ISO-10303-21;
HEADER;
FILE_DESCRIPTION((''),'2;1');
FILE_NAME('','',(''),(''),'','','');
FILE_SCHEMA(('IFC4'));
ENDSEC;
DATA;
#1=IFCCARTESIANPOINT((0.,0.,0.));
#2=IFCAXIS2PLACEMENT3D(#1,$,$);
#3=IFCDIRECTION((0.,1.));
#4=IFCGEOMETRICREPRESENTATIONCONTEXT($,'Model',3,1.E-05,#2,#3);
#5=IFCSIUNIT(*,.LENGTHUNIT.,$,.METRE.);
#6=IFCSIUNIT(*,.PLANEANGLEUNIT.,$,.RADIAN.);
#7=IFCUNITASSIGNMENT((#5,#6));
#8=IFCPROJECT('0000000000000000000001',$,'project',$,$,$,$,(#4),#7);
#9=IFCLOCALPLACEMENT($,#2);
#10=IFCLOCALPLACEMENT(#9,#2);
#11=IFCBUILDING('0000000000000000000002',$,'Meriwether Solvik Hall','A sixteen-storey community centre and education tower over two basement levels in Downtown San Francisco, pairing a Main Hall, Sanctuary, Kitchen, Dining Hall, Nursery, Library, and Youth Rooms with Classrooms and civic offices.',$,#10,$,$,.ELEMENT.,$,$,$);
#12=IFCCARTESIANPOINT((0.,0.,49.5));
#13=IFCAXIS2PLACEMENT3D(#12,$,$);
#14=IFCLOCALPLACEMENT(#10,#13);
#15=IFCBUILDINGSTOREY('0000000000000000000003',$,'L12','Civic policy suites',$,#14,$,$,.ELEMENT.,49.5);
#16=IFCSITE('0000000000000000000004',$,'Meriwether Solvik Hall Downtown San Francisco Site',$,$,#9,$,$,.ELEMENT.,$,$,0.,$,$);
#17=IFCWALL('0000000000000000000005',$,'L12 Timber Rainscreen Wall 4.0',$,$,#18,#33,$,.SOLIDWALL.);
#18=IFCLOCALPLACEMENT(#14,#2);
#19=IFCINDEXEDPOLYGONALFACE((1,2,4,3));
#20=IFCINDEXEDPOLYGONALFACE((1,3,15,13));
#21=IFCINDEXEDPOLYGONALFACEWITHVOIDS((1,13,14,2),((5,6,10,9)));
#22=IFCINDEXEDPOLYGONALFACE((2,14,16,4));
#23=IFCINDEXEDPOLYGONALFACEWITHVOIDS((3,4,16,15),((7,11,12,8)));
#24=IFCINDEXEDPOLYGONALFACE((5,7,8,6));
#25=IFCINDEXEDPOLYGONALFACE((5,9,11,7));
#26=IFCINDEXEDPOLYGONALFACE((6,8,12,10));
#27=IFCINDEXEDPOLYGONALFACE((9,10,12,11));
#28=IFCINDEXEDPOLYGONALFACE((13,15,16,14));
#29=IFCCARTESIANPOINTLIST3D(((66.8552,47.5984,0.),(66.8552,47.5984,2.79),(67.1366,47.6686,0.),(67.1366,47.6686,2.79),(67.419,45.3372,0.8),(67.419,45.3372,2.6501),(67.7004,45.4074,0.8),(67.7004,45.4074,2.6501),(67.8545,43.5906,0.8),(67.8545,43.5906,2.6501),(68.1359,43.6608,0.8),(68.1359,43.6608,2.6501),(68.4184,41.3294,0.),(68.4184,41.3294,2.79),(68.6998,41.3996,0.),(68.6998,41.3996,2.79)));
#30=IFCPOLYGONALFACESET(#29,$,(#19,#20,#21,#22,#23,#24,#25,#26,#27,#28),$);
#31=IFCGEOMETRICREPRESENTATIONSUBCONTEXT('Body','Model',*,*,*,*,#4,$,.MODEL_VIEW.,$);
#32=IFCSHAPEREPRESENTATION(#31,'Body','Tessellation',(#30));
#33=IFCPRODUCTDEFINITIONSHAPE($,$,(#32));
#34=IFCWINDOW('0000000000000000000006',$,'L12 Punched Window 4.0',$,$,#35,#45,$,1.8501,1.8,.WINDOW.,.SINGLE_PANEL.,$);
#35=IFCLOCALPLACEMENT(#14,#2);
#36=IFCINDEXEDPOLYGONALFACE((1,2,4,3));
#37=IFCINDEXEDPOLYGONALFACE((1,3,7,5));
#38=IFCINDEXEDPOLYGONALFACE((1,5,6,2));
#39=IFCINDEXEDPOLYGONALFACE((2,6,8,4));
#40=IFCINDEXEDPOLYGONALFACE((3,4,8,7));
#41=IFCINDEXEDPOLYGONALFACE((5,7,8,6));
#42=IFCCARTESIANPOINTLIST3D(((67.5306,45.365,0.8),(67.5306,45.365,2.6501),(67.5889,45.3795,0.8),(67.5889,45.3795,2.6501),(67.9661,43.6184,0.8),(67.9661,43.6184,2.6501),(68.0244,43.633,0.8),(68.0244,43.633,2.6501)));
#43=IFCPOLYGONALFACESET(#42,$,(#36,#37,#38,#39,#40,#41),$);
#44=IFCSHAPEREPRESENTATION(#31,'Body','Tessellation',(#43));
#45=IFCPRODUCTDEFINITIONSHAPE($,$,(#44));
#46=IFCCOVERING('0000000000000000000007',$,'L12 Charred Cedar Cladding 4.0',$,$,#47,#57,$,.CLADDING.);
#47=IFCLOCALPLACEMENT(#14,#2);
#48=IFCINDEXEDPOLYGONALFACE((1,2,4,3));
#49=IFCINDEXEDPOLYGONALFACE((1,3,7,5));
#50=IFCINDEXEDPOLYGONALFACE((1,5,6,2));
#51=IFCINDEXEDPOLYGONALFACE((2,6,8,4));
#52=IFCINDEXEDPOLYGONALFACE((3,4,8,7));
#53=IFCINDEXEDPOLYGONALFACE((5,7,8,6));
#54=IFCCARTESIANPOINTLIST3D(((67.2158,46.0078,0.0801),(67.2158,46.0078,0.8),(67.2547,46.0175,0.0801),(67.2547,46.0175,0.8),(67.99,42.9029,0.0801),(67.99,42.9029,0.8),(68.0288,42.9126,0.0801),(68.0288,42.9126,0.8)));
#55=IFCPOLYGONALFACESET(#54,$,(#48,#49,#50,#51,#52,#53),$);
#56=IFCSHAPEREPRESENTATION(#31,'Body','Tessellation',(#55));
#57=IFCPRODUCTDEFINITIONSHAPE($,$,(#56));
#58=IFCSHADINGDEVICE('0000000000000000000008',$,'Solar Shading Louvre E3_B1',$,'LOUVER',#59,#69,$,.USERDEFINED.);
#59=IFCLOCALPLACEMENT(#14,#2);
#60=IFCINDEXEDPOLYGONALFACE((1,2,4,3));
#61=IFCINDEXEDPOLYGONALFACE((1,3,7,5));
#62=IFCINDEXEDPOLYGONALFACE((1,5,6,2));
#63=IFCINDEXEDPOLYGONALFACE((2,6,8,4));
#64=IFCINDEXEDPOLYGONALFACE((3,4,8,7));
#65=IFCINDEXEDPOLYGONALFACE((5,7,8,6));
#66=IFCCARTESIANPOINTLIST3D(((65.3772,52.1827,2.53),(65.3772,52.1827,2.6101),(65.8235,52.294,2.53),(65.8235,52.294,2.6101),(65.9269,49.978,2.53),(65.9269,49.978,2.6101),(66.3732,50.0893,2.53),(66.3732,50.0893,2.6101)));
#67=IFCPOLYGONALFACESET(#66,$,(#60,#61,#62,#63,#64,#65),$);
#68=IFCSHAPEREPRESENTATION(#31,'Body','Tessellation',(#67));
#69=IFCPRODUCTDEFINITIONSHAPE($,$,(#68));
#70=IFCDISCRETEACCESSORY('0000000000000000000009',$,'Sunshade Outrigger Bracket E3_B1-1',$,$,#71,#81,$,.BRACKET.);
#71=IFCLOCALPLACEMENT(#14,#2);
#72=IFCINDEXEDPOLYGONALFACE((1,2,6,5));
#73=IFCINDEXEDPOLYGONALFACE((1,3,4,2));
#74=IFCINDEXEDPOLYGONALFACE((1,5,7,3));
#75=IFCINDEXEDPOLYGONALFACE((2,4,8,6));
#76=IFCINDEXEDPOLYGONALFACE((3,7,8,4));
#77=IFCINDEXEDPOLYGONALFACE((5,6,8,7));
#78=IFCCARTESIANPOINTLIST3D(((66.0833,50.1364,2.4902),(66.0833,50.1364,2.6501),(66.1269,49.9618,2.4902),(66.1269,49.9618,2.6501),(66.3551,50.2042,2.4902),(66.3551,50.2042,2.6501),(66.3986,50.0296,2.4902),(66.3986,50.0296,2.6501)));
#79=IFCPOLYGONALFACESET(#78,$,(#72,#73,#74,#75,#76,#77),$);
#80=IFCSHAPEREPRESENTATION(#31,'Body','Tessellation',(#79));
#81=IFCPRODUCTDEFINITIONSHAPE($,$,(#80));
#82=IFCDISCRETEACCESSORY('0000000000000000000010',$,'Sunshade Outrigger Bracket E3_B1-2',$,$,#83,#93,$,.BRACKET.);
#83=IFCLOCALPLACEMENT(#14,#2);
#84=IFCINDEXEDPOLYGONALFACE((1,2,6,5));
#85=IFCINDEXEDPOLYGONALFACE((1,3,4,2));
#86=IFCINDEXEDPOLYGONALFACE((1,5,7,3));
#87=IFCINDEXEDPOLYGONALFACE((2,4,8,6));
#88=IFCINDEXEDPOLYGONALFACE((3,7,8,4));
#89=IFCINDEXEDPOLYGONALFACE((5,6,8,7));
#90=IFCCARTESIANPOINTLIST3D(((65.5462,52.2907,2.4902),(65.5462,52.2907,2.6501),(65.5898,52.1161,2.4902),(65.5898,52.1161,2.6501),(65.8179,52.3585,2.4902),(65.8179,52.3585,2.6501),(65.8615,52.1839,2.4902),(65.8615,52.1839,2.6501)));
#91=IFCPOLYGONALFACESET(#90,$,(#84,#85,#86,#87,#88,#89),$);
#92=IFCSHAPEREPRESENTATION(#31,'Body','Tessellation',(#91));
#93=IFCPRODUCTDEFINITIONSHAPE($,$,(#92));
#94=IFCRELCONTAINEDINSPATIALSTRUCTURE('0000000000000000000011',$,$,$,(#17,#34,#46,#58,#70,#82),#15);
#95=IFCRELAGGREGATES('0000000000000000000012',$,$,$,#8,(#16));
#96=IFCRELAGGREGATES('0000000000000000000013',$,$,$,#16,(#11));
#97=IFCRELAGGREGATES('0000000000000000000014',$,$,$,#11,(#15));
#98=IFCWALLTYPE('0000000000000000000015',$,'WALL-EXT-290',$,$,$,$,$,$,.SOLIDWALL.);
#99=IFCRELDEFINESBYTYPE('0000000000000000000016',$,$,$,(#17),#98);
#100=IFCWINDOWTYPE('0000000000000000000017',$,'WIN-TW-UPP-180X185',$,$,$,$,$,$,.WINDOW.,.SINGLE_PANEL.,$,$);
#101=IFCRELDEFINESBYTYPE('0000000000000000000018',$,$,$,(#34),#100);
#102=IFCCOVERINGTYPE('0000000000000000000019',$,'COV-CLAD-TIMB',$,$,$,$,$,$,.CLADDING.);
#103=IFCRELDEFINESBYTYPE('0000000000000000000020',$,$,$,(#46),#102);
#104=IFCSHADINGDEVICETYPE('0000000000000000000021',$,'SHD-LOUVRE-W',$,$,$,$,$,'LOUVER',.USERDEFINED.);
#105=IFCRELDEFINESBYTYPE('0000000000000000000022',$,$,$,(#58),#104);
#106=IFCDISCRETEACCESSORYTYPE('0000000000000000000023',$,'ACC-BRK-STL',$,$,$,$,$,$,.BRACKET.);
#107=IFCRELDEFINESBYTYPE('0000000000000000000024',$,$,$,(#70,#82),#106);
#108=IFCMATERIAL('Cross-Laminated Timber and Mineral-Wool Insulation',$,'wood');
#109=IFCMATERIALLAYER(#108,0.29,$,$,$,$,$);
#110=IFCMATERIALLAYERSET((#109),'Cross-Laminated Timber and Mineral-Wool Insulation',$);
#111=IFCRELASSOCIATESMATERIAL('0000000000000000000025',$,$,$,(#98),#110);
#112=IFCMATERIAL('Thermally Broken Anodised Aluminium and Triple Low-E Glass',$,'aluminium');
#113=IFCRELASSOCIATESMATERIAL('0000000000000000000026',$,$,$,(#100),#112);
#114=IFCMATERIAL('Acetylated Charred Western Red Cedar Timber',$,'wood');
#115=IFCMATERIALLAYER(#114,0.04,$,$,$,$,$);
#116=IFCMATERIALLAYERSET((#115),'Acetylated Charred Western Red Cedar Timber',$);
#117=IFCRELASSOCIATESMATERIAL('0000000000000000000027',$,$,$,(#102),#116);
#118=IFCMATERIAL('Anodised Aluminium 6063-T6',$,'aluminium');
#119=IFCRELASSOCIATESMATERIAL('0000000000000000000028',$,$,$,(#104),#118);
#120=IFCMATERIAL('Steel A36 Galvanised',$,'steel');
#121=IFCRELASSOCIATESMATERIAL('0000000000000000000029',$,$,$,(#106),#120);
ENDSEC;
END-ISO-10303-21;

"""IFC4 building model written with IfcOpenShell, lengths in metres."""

from ifc_helpers import new_model, si_unit, direction, frame, frame_2d, origin, origin_2d, place, context, subcontext, project, spatial, rectangle, extrude, material, layer, layer_set, type_object, element, fill, save


model = new_model("IFC4")

# Units and contexts
model_context = context("Model", 3, precision=1e-05, world=origin(), true_north=direction((0.0, 1.0)))
body_context = subcontext(model_context, "Body", "Model", "MODEL_VIEW")
ifc_project = project(units=[si_unit("LENGTHUNIT", "METRE"), si_unit("PLANEANGLEUNIT", "RADIAN")], contexts=[model_context])

# Site, building, storey
site_placement = place(None, origin())
site = spatial("IfcSite", under=ifc_project, at=site_placement, Name="Meriwether Solvik Hall Downtown San Francisco Site", CompositionType="ELEMENT", RefElevation=0.0)
building_placement = place(site_placement, origin())
building = spatial("IfcBuilding", under=site, at=building_placement, Name="Meriwether Solvik Hall", Description="A sixteen-storey community centre and education tower over two basement levels in Downtown San Francisco, pairing a Main Hall, Sanctuary, Kitchen, Dining Hall, Nursery, Library, and Youth Rooms with Classrooms and civic offices.", CompositionType="ELEMENT")
storey_placement = place(building_placement, frame((0.0, 0.0, 49.5)))
storey = spatial("IfcBuildingStorey", under=building, at=storey_placement, Name="L12", Description="Civic policy suites", CompositionType="ELEMENT", Elevation=49.5)

# Wall, opening, window
ifc_material_1 = material(Name="Cross-Laminated Timber and Mineral-Wool Insulation", Category="wood")
ifc_layer_1 = layer(ifc_material_1, 0.29)
ifc_layer_set_1 = layer_set([ifc_layer_1], Name="Cross-Laminated Timber and Mineral-Wool Insulation")
wall_type = type_object("IfcWallType", Name="WALL-EXT-290", PredefinedType="SOLIDWALL", material=ifc_layer_set_1)
wall_placement = place(storey_placement, frame((68.5591, 41.3645, 0.0), z_axis=(0.0, 0.0, 1.0), x_axis=(-0.241949, 0.970289, 0.0)))
wall = element("IfcWall", 1, at=wall_placement, inside=storey, type_object=wall_type, Name="L12 Timber Rainscreen Wall 4.0", PredefinedType="SOLIDWALL", context=body_context, shape_type="SweptSolid", body=[
    extrude(rectangle(XDim=6.4609, YDim=0.29, at=frame_2d((3.2305, 0.0))), origin(), (0.0, 0.0, 1.0), 2.79),
])
opening_placement = place(wall_placement, frame((2.3306, 0.0, 0.8)))
opening = element("IfcOpeningElement", 2, at=opening_placement, cuts=wall, PredefinedType="OPENING", context=body_context, shape_type="SweptSolid", body=[
    extrude(rectangle(XDim=1.8, YDim=1.8501, at=frame_2d((0.8999, 0.925))), frame((0.0, 0.157, 0.0), z_axis=(0.0, -1.0, 0.0), x_axis=(1.0, 0.0, 0.0)), (0.0, 0.0, 1.0), 0.314),
])
ifc_material_2 = material(Name="Thermally Broken Anodised Aluminium and Triple Low-E Glass", Category="aluminium")
window_type = type_object("IfcWindowType", Name="WIN-TW-UPP-180X185", PartitioningType="SINGLE_PANEL", PredefinedType="WINDOW", material=ifc_material_2)
window_placement = place(opening_placement, origin())
window = element("IfcWindow", 3, at=window_placement, inside=storey, type_object=window_type, Name="L12 Punched Window 4.0", OverallHeight=1.8501, OverallWidth=1.8, PartitioningType="SINGLE_PANEL", PredefinedType="WINDOW", context=body_context, shape_type="SweptSolid", body=[
    extrude(rectangle(XDim=1.8, YDim=1.8501, at=frame_2d((0.8999, 0.925))), frame((0.0, 0.03, 0.0), z_axis=(0.0, -1.0, 0.0), x_axis=(1.0, 0.0, 0.0)), (0.0, 0.0, 1.0), 0.0601),
])
fill(opening, window)

# Covering
ifc_material_3 = material(Name="Acetylated Charred Western Red Cedar Timber", Category="wood")
ifc_layer_2 = layer(ifc_material_3, 0.04)
ifc_layer_set_2 = layer_set([ifc_layer_2], Name="Acetylated Charred Western Red Cedar Timber")
covering_type = type_object("IfcCoveringType", Name="COV-CLAD-TIMB", PredefinedType="CLADDING", material=ifc_layer_set_2)
covering_placement = place(storey_placement, frame((67.6223, 44.4602, 0.0801), z_axis=(0.0, 0.0, 1.0), x_axis=(-0.241922, 0.970296, 0.0)))
element("IfcCovering", 4, at=covering_placement, inside=storey, type_object=covering_type, Name="L12 Charred Cedar Cladding 4.0", PredefinedType="CLADDING", context=body_context, shape_type="SweptSolid", body=[
    extrude(rectangle(XDim=3.2, YDim=0.04, at=origin_2d()), origin(), (0.0, 0.0, 1.0), 0.72),
])

# Shading device
ifc_material_4 = material(Name="Anodised Aluminium 6063-T6", Category="aluminium")
shading_device_type = type_object("IfcShadingDeviceType", Name="SHD-LOUVRE-W", ElementType="LOUVER", PredefinedType="USERDEFINED", material=ifc_material_4)
shading_device_placement = place(storey_placement, frame((65.8752, 51.136, 2.53), z_axis=(0.0, 0.0, 1.0), x_axis=(-0.241922, 0.970296, 0.0)))
element("IfcShadingDevice", 5, at=shading_device_placement, inside=storey, type_object=shading_device_type, Name="Solar Shading Louvre E3_B1", ObjectType="LOUVER", PredefinedType="USERDEFINED", context=body_context, shape_type="SweptSolid", body=[
    extrude(rectangle(XDim=2.2722, YDim=0.46, at=origin_2d()), origin(), (0.0, 0.0, 1.0), 0.0801),
])

# Discrete accessories
ifc_material_5 = material(Name="Steel A36 Galvanised", Category="steel")
discrete_accessory_type = type_object("IfcDiscreteAccessoryType", Name="ACC-BRK-STL", PredefinedType="BRACKET", material=ifc_material_5)
for number, where, z_axis, x_axis, name in (
    (6, (66.241, 50.083, 2.4902), (0.0, 0.0, 1.0), (-0.241922, 0.970296, 0.0), "Sunshade Outrigger Bracket E3_B1-1"),
    (7, (65.7039, 52.2373, 2.4902), (0.0, 0.0, 1.0), (-0.241922, 0.970296, 0.0), "Sunshade Outrigger Bracket E3_B1-2"),
):
    element("IfcDiscreteAccessory", number, at=place(storey_placement, frame(where, z_axis=z_axis, x_axis=x_axis)), inside=storey, type_object=discrete_accessory_type, Name=name, PredefinedType="BRACKET", context=body_context, shape_type="SweptSolid", body=[
        extrude(rectangle(XDim=0.1799, YDim=0.28, at=origin_2d()), origin(), (0.0, 0.0, 1.0), 0.1599),
    ])

save(model, "model.ifc")
